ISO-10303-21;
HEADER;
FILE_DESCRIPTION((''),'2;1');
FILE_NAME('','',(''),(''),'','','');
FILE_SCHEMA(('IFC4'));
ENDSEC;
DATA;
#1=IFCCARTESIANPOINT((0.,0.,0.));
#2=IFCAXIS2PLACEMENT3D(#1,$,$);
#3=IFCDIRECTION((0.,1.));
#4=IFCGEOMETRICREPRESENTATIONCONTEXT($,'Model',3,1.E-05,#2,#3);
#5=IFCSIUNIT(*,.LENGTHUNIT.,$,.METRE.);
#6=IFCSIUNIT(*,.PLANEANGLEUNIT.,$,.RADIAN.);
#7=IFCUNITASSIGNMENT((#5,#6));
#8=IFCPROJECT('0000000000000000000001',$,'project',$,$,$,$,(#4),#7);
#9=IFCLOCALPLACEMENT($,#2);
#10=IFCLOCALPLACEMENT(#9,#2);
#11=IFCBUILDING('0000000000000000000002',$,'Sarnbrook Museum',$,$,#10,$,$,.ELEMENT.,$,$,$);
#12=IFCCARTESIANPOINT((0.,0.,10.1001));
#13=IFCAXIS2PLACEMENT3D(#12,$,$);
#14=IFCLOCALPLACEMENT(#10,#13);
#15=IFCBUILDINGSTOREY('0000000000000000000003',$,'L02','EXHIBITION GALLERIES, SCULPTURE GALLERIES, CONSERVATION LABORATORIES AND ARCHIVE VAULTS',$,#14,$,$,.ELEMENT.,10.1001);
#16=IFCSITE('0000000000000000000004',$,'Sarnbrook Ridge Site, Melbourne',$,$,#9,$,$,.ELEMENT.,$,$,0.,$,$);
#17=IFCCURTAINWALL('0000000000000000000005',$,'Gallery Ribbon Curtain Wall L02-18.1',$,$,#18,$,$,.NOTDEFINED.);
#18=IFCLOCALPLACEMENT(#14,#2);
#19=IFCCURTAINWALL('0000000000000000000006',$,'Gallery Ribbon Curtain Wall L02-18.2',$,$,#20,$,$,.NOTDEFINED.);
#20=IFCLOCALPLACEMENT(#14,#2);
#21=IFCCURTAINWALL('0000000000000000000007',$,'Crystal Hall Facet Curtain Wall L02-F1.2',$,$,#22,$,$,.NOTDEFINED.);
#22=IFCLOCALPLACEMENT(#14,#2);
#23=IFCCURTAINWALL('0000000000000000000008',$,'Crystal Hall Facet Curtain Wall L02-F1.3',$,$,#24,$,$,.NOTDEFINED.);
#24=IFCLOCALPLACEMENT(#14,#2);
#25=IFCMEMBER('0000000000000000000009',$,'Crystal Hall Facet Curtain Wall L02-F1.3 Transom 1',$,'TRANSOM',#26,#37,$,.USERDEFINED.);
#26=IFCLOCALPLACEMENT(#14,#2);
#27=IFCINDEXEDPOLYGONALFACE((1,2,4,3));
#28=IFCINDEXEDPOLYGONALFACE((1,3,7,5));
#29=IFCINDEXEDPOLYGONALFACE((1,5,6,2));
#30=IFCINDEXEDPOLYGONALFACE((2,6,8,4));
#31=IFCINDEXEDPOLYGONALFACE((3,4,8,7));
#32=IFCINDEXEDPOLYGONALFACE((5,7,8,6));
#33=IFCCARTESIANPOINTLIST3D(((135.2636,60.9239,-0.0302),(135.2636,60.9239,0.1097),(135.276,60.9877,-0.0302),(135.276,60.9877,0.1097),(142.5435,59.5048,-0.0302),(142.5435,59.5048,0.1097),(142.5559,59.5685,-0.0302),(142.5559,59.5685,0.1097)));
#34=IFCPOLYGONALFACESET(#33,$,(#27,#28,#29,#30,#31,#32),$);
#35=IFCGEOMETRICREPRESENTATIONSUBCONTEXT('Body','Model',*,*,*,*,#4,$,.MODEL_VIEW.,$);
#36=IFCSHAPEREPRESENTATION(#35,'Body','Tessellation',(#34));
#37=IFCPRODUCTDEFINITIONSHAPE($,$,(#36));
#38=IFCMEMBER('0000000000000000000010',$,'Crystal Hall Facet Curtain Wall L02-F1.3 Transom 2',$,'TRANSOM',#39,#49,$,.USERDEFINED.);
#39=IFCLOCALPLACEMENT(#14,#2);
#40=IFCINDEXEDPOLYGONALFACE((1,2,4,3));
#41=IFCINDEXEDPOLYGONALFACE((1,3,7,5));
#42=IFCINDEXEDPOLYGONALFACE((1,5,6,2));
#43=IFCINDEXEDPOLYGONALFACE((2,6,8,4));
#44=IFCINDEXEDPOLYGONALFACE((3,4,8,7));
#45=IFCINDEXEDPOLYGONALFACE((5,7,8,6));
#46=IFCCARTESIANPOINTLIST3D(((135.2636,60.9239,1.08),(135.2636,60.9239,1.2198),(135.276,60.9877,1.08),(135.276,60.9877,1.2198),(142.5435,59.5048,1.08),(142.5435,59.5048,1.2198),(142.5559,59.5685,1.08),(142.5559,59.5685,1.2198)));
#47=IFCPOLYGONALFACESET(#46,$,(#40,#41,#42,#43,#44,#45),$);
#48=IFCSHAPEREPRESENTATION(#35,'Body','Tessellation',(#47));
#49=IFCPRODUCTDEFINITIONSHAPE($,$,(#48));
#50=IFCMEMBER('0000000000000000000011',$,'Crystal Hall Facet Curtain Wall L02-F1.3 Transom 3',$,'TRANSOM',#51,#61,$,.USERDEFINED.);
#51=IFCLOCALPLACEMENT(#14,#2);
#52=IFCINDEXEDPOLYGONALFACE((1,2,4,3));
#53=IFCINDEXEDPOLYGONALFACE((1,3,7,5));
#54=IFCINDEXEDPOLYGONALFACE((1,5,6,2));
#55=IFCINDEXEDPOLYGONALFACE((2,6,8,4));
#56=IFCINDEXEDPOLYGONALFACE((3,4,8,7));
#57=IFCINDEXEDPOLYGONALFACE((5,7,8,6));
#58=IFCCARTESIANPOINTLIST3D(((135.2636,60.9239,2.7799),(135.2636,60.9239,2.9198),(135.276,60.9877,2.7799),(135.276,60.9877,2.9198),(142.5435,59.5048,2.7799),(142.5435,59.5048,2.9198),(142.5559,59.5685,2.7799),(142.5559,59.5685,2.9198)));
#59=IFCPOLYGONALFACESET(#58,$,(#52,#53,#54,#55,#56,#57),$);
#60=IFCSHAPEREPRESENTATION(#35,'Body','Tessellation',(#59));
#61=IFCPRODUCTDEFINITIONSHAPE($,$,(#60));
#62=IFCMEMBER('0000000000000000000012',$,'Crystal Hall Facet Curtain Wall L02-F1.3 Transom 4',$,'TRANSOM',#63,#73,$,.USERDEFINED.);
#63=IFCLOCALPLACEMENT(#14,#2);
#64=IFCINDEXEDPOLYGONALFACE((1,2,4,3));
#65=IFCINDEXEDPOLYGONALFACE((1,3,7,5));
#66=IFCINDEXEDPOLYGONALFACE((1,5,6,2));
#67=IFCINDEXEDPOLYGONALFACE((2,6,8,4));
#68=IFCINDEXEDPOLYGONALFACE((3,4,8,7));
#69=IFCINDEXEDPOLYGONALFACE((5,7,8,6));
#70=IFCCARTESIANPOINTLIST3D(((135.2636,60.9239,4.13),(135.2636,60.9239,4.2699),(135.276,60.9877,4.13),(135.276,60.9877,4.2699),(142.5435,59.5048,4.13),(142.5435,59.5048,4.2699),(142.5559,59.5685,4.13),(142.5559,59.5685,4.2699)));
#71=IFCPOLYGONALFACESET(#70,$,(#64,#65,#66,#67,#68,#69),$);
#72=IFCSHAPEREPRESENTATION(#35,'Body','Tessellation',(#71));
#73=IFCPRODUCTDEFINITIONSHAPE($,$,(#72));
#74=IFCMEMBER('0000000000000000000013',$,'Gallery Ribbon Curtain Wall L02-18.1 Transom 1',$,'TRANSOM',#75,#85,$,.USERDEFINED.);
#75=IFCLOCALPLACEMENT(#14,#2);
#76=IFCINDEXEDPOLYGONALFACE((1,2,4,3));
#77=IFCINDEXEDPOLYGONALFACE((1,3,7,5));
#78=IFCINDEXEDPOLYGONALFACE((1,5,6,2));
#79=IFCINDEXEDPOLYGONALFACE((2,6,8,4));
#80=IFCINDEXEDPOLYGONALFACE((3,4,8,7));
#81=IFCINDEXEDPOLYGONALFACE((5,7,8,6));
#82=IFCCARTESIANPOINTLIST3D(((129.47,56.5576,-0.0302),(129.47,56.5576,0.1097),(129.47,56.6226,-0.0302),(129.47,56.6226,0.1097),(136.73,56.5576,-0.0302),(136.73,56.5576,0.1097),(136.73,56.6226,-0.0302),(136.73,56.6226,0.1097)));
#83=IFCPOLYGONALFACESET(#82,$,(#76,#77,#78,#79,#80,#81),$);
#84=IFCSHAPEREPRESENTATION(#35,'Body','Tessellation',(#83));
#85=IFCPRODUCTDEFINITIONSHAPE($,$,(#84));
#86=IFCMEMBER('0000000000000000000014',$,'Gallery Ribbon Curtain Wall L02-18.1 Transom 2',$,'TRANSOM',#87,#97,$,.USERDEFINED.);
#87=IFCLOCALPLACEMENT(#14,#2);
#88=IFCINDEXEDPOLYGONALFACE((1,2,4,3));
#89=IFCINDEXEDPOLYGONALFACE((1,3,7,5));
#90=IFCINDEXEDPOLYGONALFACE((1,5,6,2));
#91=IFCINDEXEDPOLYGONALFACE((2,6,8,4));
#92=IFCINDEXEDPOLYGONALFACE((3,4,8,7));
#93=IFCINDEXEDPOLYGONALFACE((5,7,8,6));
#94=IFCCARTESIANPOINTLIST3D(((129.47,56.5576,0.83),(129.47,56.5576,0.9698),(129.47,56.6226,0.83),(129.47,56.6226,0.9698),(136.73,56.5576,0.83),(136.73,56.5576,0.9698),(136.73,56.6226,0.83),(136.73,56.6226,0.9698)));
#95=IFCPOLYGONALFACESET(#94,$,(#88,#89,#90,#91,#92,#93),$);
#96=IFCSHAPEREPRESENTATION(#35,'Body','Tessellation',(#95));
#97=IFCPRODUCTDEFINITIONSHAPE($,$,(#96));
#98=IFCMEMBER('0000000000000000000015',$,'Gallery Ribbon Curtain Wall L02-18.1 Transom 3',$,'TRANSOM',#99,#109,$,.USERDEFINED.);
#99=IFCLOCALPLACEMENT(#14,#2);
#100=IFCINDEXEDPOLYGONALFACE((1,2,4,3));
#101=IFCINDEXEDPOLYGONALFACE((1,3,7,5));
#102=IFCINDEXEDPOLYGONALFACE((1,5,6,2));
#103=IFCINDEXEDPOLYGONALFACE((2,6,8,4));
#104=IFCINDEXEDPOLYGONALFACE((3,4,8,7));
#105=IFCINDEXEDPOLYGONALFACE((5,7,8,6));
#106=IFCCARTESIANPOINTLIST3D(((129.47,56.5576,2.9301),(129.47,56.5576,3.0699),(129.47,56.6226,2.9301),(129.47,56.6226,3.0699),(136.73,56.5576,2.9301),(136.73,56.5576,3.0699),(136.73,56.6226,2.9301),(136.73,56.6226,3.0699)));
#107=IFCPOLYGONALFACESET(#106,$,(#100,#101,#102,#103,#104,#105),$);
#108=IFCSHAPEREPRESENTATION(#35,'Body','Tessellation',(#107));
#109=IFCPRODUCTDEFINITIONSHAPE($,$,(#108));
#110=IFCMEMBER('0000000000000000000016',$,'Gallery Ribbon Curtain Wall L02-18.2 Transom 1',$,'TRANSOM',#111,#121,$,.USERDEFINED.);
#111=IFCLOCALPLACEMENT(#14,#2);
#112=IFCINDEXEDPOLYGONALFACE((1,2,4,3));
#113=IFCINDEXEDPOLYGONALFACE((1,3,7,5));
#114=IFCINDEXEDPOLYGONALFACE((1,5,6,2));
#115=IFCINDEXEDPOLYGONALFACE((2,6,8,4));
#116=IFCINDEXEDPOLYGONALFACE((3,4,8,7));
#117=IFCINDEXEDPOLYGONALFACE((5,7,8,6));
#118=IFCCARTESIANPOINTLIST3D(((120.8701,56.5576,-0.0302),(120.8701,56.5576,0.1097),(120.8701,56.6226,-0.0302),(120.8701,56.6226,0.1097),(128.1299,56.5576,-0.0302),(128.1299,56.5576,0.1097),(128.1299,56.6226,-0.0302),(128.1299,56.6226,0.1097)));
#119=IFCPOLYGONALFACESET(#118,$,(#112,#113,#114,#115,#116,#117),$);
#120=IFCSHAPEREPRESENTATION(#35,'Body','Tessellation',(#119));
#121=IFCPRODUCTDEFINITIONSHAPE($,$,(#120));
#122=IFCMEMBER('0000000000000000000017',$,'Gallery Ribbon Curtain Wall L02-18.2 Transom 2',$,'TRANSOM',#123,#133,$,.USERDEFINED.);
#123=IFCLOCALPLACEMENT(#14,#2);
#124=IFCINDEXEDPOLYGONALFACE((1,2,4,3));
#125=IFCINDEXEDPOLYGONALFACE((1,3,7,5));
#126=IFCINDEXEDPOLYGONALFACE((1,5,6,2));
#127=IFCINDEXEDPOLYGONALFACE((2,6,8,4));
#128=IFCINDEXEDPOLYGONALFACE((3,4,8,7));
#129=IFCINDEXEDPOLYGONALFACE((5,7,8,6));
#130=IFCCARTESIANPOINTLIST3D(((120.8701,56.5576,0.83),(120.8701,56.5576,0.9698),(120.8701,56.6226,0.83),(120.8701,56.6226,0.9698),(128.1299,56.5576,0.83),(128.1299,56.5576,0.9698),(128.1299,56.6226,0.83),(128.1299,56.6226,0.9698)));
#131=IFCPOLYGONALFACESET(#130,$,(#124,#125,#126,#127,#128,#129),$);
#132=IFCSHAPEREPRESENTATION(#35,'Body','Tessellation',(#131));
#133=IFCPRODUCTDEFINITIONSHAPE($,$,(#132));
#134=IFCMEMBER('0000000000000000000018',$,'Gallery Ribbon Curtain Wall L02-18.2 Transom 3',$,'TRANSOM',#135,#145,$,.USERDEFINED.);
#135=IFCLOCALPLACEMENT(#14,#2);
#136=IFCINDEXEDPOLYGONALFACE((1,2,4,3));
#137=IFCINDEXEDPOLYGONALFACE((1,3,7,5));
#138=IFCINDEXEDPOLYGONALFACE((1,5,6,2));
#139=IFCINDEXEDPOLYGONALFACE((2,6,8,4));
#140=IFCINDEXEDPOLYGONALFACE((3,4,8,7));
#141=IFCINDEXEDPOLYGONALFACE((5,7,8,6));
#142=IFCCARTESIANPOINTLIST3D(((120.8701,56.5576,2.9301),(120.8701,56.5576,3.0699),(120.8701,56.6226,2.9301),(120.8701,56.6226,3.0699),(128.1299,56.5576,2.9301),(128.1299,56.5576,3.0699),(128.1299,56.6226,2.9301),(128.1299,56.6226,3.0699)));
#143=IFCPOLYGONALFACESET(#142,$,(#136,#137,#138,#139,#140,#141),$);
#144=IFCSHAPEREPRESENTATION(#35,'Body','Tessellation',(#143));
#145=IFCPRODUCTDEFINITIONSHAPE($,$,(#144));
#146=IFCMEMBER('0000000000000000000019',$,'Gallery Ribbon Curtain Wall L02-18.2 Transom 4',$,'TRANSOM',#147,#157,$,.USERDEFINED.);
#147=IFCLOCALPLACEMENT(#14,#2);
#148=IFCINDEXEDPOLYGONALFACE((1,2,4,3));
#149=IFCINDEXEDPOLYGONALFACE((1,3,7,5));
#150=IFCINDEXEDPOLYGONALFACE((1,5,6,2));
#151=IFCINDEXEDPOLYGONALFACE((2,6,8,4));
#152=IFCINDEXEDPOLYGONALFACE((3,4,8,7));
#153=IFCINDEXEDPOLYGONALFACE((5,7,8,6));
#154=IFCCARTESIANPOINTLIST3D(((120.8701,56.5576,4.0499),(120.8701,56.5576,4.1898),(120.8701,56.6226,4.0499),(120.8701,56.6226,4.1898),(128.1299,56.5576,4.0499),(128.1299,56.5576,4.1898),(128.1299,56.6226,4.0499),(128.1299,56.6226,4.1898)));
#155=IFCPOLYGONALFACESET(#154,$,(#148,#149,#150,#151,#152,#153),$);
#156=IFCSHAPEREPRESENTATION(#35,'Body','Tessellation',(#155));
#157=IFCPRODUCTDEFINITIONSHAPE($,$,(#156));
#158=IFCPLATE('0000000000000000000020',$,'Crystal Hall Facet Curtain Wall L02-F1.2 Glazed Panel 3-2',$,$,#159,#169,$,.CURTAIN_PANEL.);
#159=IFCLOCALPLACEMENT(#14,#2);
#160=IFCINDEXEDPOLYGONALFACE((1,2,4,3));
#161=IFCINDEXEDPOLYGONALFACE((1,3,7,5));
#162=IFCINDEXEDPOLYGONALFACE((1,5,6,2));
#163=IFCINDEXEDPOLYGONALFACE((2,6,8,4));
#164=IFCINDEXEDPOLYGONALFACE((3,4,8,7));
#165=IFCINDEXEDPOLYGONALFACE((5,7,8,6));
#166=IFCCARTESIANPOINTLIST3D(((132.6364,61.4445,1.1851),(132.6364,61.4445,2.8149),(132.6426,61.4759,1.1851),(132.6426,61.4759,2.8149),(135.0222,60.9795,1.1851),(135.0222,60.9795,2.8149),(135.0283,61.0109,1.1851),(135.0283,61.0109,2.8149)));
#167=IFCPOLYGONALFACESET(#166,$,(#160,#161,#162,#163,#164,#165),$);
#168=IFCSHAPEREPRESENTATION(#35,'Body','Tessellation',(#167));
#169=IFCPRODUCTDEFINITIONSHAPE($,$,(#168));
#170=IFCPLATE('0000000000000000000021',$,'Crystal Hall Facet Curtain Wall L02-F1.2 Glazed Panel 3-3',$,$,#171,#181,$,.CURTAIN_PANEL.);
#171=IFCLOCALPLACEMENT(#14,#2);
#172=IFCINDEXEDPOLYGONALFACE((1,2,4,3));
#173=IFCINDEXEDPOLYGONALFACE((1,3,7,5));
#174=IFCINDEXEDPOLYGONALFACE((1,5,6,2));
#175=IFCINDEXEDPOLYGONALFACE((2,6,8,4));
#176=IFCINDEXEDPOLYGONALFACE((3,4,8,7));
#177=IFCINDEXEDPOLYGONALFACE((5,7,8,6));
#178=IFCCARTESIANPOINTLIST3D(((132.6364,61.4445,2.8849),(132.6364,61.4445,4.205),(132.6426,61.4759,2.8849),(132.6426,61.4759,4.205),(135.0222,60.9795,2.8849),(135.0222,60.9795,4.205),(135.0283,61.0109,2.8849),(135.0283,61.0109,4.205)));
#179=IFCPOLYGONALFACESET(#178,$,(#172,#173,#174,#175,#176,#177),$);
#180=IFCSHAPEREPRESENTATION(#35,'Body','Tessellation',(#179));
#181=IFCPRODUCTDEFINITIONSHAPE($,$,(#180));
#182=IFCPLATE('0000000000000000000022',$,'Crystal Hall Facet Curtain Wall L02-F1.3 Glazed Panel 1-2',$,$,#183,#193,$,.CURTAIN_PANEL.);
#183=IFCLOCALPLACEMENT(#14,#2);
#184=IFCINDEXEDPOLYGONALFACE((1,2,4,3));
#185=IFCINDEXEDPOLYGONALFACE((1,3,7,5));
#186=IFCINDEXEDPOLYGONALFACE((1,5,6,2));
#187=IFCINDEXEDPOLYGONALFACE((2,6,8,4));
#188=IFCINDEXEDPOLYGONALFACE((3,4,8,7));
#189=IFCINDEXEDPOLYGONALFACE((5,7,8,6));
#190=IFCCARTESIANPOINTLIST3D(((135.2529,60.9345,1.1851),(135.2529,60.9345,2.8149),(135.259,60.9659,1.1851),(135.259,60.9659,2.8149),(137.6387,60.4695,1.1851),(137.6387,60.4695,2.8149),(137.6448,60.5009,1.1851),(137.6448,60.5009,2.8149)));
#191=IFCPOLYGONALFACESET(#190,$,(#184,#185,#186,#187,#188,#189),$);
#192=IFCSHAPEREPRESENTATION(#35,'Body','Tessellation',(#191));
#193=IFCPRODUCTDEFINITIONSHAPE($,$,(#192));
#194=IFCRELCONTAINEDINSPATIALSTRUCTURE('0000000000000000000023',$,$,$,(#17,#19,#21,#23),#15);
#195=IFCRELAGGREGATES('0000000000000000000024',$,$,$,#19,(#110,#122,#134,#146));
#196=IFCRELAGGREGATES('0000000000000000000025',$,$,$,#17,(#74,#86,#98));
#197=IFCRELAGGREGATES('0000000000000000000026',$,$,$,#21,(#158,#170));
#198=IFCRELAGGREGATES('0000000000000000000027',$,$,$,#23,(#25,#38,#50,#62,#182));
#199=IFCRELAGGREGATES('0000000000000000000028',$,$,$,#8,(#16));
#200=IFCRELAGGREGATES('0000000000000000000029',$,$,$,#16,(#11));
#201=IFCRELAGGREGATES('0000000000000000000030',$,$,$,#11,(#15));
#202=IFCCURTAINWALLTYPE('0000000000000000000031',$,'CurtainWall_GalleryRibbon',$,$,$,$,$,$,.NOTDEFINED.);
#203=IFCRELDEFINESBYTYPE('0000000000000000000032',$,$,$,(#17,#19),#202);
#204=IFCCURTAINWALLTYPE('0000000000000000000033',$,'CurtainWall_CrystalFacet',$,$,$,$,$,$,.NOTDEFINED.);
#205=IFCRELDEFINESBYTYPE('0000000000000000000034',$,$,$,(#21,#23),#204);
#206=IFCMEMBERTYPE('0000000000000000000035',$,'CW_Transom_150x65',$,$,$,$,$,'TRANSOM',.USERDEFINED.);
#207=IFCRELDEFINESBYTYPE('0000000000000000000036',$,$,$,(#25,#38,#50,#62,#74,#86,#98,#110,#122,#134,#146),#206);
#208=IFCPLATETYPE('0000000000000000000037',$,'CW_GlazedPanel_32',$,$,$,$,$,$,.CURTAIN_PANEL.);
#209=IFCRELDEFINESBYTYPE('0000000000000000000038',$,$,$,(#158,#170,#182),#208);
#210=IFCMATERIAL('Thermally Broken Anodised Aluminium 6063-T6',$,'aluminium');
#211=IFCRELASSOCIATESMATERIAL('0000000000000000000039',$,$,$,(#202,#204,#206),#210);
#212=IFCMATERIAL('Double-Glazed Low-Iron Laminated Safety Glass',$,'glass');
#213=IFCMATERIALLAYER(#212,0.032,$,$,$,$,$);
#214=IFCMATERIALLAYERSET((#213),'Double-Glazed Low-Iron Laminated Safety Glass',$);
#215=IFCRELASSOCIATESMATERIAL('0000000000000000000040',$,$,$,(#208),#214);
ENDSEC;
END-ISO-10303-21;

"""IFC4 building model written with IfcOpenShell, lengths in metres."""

from ifc_helpers import new_model, si_unit, direction, frame, origin, origin_2d, place, context, subcontext, project, spatial, rectangle, extrude, material, layer, layer_set, material_profile, profile_set, type_object, element, aggregate, save


model = new_model("IFC4")

# Units and contexts
model_context = context("Model", 3, precision=1e-05, world=origin(), true_north=direction((0.0, 1.0)))
body_context = subcontext(model_context, "Body", "Model", "MODEL_VIEW")
ifc_project = project(units=[si_unit("LENGTHUNIT", "METRE"), si_unit("PLANEANGLEUNIT", "RADIAN")], contexts=[model_context])

# Site, building, storey
site_placement = place(None, origin())
site = spatial("IfcSite", under=ifc_project, at=site_placement, Name="Sarnbrook Ridge Site, Melbourne", CompositionType="ELEMENT", RefElevation=0.0)
building_placement = place(site_placement, origin())
building = spatial("IfcBuilding", under=site, at=building_placement, Name="Sarnbrook Museum", CompositionType="ELEMENT")
storey_placement = place(building_placement, frame((0.0, 0.0, 10.1001)))
storey = spatial("IfcBuildingStorey", under=building, at=storey_placement, Name="L02", Description="EXHIBITION GALLERIES, SCULPTURE GALLERIES, CONSERVATION LABORATORIES AND ARCHIVE VAULTS", CompositionType="ELEMENT", Elevation=10.1001)

# Curtain wall
ifc_material_1 = material(Name="Thermally Broken Anodised Aluminium 6063-T6", Category="aluminium")
curtain_wall_type_1 = type_object("IfcCurtainWallType", Name="CurtainWall_GalleryRibbon", PredefinedType="NOTDEFINED", material=ifc_material_1)
curtain_wall_1_placement = place(storey_placement, origin())
curtain_wall_1 = element("IfcCurtainWall", 1, at=curtain_wall_1_placement, inside=storey, type_object=curtain_wall_type_1, Name="Gallery Ribbon Curtain Wall L02-18.1", PredefinedType="NOTDEFINED")

# Curtain wall
curtain_wall_2_placement = place(storey_placement, origin())
curtain_wall_2 = element("IfcCurtainWall", 2, at=curtain_wall_2_placement, inside=storey, type_object=curtain_wall_type_1, Name="Gallery Ribbon Curtain Wall L02-18.2", PredefinedType="NOTDEFINED")

# Curtain walls, members
curtain_wall_type_2 = type_object("IfcCurtainWallType", Name="CurtainWall_CrystalFacet", PredefinedType="NOTDEFINED", material=ifc_material_1)
curtain_wall_3_placement = place(storey_placement, origin())
curtain_wall_3 = element("IfcCurtainWall", 3, at=curtain_wall_3_placement, inside=storey, type_object=curtain_wall_type_2, Name="Crystal Hall Facet Curtain Wall L02-F1.2", PredefinedType="NOTDEFINED")
curtain_wall_4_placement = place(storey_placement, origin())
curtain_wall_4 = element("IfcCurtainWall", 4, at=curtain_wall_4_placement, inside=storey, type_object=curtain_wall_type_2, Name="Crystal Hall Facet Curtain Wall L02-F1.3", PredefinedType="NOTDEFINED")
ifc_material_profile_1 = material_profile(ifc_material_1, rectangle(XDim=0.0649, YDim=0.1399, at=origin_2d()), Name="ALU TRANSOM 65x140")
ifc_profile_set_1 = profile_set([ifc_material_profile_1], Name="Thermally Broken Anodised Aluminium 6063-T6")
member_type_1 = type_object("IfcMemberType", Name="CW_Transom_150x65", ElementType="TRANSOM", PredefinedType="USERDEFINED", material=ifc_profile_set_1)
member_1_placement = place(storey_placement, frame((135.2698, 60.9558, 0.0398), z_axis=(0.981524, -0.191341, 0.0), x_axis=(0.191341, 0.981524, 0.0)))
member_1 = element("IfcMember", 5, at=member_1_placement, type_object=member_type_1, Name="Crystal Hall Facet Curtain Wall L02-F1.3 Transom 1", ObjectType="TRANSOM", PredefinedType="USERDEFINED", context=body_context, shape_type="SweptSolid", body=[
    extrude(rectangle(XDim=0.0649, YDim=0.1399, at=origin_2d()), origin(), (0.0, 0.0, 1.0), 7.417),
])
member_2_placement = place(storey_placement, frame((135.2698, 60.9558, 1.1499), z_axis=(0.981524, -0.191341, 0.0), x_axis=(0.191341, 0.981524, 0.0)))
member_2 = element("IfcMember", 6, at=member_2_placement, type_object=member_type_1, Name="Crystal Hall Facet Curtain Wall L02-F1.3 Transom 2", ObjectType="TRANSOM", PredefinedType="USERDEFINED", context=body_context, shape_type="SweptSolid", body=[
    extrude(rectangle(XDim=0.0649, YDim=0.1399, at=origin_2d()), origin(), (0.0, 0.0, 1.0), 7.417),
])
member_3_placement = place(storey_placement, frame((135.2698, 60.9558, 2.8499), z_axis=(0.981524, -0.191341, 0.0), x_axis=(0.191341, 0.981524, 0.0)))
member_3 = element("IfcMember", 7, at=member_3_placement, type_object=member_type_1, Name="Crystal Hall Facet Curtain Wall L02-F1.3 Transom 3", ObjectType="TRANSOM", PredefinedType="USERDEFINED", context=body_context, shape_type="SweptSolid", body=[
    extrude(rectangle(XDim=0.0649, YDim=0.1399, at=origin_2d()), origin(), (0.0, 0.0, 1.0), 7.417),
])
member_4_placement = place(storey_placement, frame((135.2698, 60.9558, 4.2), z_axis=(0.981524, -0.191341, 0.0), x_axis=(0.191341, 0.981524, 0.0)))
member_4 = element("IfcMember", 8, at=member_4_placement, type_object=member_type_1, Name="Crystal Hall Facet Curtain Wall L02-F1.3 Transom 4", ObjectType="TRANSOM", PredefinedType="USERDEFINED", context=body_context, shape_type="SweptSolid", body=[
    extrude(rectangle(XDim=0.0649, YDim=0.1399, at=origin_2d()), origin(), (0.0, 0.0, 1.0), 7.417),
])

# Members
member_5_placement = place(storey_placement, frame((136.73, 56.5901, 0.0398), z_axis=(-1.0, 0.0, 0.0), x_axis=(0.0, -1.0, 0.0)))
member_5 = element("IfcMember", 9, at=member_5_placement, type_object=member_type_1, Name="Gallery Ribbon Curtain Wall L02-18.1 Transom 1", ObjectType="TRANSOM", PredefinedType="USERDEFINED", context=body_context, shape_type="SweptSolid", body=[
    extrude(rectangle(XDim=0.0649, YDim=0.1399, at=origin_2d()), origin(), (0.0, 0.0, 1.0), 7.26),
])
member_6_placement = place(storey_placement, frame((136.73, 56.5901, 0.8999), z_axis=(-1.0, 0.0, 0.0), x_axis=(0.0, -1.0, 0.0)))
member_6 = element("IfcMember", 10, at=member_6_placement, type_object=member_type_1, Name="Gallery Ribbon Curtain Wall L02-18.1 Transom 2", ObjectType="TRANSOM", PredefinedType="USERDEFINED", context=body_context, shape_type="SweptSolid", body=[
    extrude(rectangle(XDim=0.0649, YDim=0.1399, at=origin_2d()), origin(), (0.0, 0.0, 1.0), 7.26),
])
member_7_placement = place(storey_placement, frame((136.73, 56.5901, 3.0), z_axis=(-1.0, 0.0, 0.0), x_axis=(0.0, -1.0, 0.0)))
member_7 = element("IfcMember", 11, at=member_7_placement, type_object=member_type_1, Name="Gallery Ribbon Curtain Wall L02-18.1 Transom 3", ObjectType="TRANSOM", PredefinedType="USERDEFINED", context=body_context, shape_type="SweptSolid", body=[
    extrude(rectangle(XDim=0.0649, YDim=0.1399, at=origin_2d()), origin(), (0.0, 0.0, 1.0), 7.26),
])
member_8_placement = place(storey_placement, frame((128.1299, 56.5901, 0.0398), z_axis=(-1.0, 0.0, 0.0), x_axis=(0.0, -1.0, 0.0)))
member_8 = element("IfcMember", 12, at=member_8_placement, type_object=member_type_1, Name="Gallery Ribbon Curtain Wall L02-18.2 Transom 1", ObjectType="TRANSOM", PredefinedType="USERDEFINED", context=body_context, shape_type="SweptSolid", body=[
    extrude(rectangle(XDim=0.0649, YDim=0.1399, at=origin_2d()), origin(), (0.0, 0.0, 1.0), 7.2598),
])
member_9_placement = place(storey_placement, frame((128.1299, 56.5901, 0.8999), z_axis=(-1.0, 0.0, 0.0), x_axis=(0.0, -1.0, 0.0)))
member_9 = element("IfcMember", 13, at=member_9_placement, type_object=member_type_1, Name="Gallery Ribbon Curtain Wall L02-18.2 Transom 2", ObjectType="TRANSOM", PredefinedType="USERDEFINED", context=body_context, shape_type="SweptSolid", body=[
    extrude(rectangle(XDim=0.0649, YDim=0.1399, at=origin_2d()), origin(), (0.0, 0.0, 1.0), 7.2598),
])
member_10_placement = place(storey_placement, frame((128.1299, 56.5901, 3.0), z_axis=(-1.0, 0.0, 0.0), x_axis=(0.0, -1.0, 0.0)))
member_10 = element("IfcMember", 14, at=member_10_placement, type_object=member_type_1, Name="Gallery Ribbon Curtain Wall L02-18.2 Transom 3", ObjectType="TRANSOM", PredefinedType="USERDEFINED", context=body_context, shape_type="SweptSolid", body=[
    extrude(rectangle(XDim=0.0649, YDim=0.1399, at=origin_2d()), origin(), (0.0, 0.0, 1.0), 7.2598),
])
member_11_placement = place(storey_placement, frame((128.1299, 56.5901, 4.1199), z_axis=(-1.0, 0.0, 0.0), x_axis=(0.0, -1.0, 0.0)))
member_11 = element("IfcMember", 15, at=member_11_placement, type_object=member_type_1, Name="Gallery Ribbon Curtain Wall L02-18.2 Transom 4", ObjectType="TRANSOM", PredefinedType="USERDEFINED", context=body_context, shape_type="SweptSolid", body=[
    extrude(rectangle(XDim=0.0649, YDim=0.1399, at=origin_2d()), origin(), (0.0, 0.0, 1.0), 7.2598),
])
aggregate(curtain_wall_2, [member_8, member_9, member_10, member_11])

# Plates
ifc_material_2 = material(Name="Double-Glazed Low-Iron Laminated Safety Glass", Category="glass")
ifc_layer_1 = layer(ifc_material_2, 0.032)
ifc_layer_set_1 = layer_set([ifc_layer_1], Name="Double-Glazed Low-Iron Laminated Safety Glass")
plate_type_1 = type_object("IfcPlateType", Name="CW_GlazedPanel_32", PredefinedType="CURTAIN_PANEL", material=ifc_layer_set_1)
plate_1_placement = place(storey_placement, frame((133.8354, 61.2434, 2.0), z_axis=(-0.191313, -0.981529, 0.0), x_axis=(0.981529, -0.191313, 0.0)))
plate_1 = element("IfcPlate", 16, at=plate_1_placement, type_object=plate_type_1, Name="Crystal Hall Facet Curtain Wall L02-F1.2 Glazed Panel 3-2", PredefinedType="CURTAIN_PANEL", context=body_context, shape_type="SweptSolid", body=[
    extrude(rectangle(XDim=2.4307, YDim=1.6299, at=origin_2d()), origin(), (0.0, 0.0, 1.0), 0.032),
])
plate_2_placement = place(storey_placement, frame((133.8354, 61.2434, 3.5449), z_axis=(-0.191313, -0.981529, 0.0), x_axis=(0.981529, -0.191313, 0.0)))
plate_2 = element("IfcPlate", 17, at=plate_2_placement, type_object=plate_type_1, Name="Crystal Hall Facet Curtain Wall L02-F1.2 Glazed Panel 3-3", PredefinedType="CURTAIN_PANEL", context=body_context, shape_type="SweptSolid", body=[
    extrude(rectangle(XDim=2.4307, YDim=1.3201, at=origin_2d()), origin(), (0.0, 0.0, 1.0), 0.032),
])
plate_3_placement = place(storey_placement, frame((136.4519, 60.7334, 2.0), z_axis=(-0.191313, -0.981529, 0.0), x_axis=(0.981529, -0.191313, 0.0)))
plate_3 = element("IfcPlate", 18, at=plate_3_placement, type_object=plate_type_1, Name="Crystal Hall Facet Curtain Wall L02-F1.3 Glazed Panel 1-2", PredefinedType="CURTAIN_PANEL", context=body_context, shape_type="SweptSolid", body=[
    extrude(rectangle(XDim=2.4307, YDim=1.6299, at=origin_2d()), origin(), (0.0, 0.0, 1.0), 0.032),
])
aggregate(curtain_wall_1, [member_5, member_6, member_7])
aggregate(curtain_wall_3, [plate_1, plate_2])
aggregate(curtain_wall_4, [member_1, member_2, member_3, member_4, plate_3])

save(model, "model.ifc")
